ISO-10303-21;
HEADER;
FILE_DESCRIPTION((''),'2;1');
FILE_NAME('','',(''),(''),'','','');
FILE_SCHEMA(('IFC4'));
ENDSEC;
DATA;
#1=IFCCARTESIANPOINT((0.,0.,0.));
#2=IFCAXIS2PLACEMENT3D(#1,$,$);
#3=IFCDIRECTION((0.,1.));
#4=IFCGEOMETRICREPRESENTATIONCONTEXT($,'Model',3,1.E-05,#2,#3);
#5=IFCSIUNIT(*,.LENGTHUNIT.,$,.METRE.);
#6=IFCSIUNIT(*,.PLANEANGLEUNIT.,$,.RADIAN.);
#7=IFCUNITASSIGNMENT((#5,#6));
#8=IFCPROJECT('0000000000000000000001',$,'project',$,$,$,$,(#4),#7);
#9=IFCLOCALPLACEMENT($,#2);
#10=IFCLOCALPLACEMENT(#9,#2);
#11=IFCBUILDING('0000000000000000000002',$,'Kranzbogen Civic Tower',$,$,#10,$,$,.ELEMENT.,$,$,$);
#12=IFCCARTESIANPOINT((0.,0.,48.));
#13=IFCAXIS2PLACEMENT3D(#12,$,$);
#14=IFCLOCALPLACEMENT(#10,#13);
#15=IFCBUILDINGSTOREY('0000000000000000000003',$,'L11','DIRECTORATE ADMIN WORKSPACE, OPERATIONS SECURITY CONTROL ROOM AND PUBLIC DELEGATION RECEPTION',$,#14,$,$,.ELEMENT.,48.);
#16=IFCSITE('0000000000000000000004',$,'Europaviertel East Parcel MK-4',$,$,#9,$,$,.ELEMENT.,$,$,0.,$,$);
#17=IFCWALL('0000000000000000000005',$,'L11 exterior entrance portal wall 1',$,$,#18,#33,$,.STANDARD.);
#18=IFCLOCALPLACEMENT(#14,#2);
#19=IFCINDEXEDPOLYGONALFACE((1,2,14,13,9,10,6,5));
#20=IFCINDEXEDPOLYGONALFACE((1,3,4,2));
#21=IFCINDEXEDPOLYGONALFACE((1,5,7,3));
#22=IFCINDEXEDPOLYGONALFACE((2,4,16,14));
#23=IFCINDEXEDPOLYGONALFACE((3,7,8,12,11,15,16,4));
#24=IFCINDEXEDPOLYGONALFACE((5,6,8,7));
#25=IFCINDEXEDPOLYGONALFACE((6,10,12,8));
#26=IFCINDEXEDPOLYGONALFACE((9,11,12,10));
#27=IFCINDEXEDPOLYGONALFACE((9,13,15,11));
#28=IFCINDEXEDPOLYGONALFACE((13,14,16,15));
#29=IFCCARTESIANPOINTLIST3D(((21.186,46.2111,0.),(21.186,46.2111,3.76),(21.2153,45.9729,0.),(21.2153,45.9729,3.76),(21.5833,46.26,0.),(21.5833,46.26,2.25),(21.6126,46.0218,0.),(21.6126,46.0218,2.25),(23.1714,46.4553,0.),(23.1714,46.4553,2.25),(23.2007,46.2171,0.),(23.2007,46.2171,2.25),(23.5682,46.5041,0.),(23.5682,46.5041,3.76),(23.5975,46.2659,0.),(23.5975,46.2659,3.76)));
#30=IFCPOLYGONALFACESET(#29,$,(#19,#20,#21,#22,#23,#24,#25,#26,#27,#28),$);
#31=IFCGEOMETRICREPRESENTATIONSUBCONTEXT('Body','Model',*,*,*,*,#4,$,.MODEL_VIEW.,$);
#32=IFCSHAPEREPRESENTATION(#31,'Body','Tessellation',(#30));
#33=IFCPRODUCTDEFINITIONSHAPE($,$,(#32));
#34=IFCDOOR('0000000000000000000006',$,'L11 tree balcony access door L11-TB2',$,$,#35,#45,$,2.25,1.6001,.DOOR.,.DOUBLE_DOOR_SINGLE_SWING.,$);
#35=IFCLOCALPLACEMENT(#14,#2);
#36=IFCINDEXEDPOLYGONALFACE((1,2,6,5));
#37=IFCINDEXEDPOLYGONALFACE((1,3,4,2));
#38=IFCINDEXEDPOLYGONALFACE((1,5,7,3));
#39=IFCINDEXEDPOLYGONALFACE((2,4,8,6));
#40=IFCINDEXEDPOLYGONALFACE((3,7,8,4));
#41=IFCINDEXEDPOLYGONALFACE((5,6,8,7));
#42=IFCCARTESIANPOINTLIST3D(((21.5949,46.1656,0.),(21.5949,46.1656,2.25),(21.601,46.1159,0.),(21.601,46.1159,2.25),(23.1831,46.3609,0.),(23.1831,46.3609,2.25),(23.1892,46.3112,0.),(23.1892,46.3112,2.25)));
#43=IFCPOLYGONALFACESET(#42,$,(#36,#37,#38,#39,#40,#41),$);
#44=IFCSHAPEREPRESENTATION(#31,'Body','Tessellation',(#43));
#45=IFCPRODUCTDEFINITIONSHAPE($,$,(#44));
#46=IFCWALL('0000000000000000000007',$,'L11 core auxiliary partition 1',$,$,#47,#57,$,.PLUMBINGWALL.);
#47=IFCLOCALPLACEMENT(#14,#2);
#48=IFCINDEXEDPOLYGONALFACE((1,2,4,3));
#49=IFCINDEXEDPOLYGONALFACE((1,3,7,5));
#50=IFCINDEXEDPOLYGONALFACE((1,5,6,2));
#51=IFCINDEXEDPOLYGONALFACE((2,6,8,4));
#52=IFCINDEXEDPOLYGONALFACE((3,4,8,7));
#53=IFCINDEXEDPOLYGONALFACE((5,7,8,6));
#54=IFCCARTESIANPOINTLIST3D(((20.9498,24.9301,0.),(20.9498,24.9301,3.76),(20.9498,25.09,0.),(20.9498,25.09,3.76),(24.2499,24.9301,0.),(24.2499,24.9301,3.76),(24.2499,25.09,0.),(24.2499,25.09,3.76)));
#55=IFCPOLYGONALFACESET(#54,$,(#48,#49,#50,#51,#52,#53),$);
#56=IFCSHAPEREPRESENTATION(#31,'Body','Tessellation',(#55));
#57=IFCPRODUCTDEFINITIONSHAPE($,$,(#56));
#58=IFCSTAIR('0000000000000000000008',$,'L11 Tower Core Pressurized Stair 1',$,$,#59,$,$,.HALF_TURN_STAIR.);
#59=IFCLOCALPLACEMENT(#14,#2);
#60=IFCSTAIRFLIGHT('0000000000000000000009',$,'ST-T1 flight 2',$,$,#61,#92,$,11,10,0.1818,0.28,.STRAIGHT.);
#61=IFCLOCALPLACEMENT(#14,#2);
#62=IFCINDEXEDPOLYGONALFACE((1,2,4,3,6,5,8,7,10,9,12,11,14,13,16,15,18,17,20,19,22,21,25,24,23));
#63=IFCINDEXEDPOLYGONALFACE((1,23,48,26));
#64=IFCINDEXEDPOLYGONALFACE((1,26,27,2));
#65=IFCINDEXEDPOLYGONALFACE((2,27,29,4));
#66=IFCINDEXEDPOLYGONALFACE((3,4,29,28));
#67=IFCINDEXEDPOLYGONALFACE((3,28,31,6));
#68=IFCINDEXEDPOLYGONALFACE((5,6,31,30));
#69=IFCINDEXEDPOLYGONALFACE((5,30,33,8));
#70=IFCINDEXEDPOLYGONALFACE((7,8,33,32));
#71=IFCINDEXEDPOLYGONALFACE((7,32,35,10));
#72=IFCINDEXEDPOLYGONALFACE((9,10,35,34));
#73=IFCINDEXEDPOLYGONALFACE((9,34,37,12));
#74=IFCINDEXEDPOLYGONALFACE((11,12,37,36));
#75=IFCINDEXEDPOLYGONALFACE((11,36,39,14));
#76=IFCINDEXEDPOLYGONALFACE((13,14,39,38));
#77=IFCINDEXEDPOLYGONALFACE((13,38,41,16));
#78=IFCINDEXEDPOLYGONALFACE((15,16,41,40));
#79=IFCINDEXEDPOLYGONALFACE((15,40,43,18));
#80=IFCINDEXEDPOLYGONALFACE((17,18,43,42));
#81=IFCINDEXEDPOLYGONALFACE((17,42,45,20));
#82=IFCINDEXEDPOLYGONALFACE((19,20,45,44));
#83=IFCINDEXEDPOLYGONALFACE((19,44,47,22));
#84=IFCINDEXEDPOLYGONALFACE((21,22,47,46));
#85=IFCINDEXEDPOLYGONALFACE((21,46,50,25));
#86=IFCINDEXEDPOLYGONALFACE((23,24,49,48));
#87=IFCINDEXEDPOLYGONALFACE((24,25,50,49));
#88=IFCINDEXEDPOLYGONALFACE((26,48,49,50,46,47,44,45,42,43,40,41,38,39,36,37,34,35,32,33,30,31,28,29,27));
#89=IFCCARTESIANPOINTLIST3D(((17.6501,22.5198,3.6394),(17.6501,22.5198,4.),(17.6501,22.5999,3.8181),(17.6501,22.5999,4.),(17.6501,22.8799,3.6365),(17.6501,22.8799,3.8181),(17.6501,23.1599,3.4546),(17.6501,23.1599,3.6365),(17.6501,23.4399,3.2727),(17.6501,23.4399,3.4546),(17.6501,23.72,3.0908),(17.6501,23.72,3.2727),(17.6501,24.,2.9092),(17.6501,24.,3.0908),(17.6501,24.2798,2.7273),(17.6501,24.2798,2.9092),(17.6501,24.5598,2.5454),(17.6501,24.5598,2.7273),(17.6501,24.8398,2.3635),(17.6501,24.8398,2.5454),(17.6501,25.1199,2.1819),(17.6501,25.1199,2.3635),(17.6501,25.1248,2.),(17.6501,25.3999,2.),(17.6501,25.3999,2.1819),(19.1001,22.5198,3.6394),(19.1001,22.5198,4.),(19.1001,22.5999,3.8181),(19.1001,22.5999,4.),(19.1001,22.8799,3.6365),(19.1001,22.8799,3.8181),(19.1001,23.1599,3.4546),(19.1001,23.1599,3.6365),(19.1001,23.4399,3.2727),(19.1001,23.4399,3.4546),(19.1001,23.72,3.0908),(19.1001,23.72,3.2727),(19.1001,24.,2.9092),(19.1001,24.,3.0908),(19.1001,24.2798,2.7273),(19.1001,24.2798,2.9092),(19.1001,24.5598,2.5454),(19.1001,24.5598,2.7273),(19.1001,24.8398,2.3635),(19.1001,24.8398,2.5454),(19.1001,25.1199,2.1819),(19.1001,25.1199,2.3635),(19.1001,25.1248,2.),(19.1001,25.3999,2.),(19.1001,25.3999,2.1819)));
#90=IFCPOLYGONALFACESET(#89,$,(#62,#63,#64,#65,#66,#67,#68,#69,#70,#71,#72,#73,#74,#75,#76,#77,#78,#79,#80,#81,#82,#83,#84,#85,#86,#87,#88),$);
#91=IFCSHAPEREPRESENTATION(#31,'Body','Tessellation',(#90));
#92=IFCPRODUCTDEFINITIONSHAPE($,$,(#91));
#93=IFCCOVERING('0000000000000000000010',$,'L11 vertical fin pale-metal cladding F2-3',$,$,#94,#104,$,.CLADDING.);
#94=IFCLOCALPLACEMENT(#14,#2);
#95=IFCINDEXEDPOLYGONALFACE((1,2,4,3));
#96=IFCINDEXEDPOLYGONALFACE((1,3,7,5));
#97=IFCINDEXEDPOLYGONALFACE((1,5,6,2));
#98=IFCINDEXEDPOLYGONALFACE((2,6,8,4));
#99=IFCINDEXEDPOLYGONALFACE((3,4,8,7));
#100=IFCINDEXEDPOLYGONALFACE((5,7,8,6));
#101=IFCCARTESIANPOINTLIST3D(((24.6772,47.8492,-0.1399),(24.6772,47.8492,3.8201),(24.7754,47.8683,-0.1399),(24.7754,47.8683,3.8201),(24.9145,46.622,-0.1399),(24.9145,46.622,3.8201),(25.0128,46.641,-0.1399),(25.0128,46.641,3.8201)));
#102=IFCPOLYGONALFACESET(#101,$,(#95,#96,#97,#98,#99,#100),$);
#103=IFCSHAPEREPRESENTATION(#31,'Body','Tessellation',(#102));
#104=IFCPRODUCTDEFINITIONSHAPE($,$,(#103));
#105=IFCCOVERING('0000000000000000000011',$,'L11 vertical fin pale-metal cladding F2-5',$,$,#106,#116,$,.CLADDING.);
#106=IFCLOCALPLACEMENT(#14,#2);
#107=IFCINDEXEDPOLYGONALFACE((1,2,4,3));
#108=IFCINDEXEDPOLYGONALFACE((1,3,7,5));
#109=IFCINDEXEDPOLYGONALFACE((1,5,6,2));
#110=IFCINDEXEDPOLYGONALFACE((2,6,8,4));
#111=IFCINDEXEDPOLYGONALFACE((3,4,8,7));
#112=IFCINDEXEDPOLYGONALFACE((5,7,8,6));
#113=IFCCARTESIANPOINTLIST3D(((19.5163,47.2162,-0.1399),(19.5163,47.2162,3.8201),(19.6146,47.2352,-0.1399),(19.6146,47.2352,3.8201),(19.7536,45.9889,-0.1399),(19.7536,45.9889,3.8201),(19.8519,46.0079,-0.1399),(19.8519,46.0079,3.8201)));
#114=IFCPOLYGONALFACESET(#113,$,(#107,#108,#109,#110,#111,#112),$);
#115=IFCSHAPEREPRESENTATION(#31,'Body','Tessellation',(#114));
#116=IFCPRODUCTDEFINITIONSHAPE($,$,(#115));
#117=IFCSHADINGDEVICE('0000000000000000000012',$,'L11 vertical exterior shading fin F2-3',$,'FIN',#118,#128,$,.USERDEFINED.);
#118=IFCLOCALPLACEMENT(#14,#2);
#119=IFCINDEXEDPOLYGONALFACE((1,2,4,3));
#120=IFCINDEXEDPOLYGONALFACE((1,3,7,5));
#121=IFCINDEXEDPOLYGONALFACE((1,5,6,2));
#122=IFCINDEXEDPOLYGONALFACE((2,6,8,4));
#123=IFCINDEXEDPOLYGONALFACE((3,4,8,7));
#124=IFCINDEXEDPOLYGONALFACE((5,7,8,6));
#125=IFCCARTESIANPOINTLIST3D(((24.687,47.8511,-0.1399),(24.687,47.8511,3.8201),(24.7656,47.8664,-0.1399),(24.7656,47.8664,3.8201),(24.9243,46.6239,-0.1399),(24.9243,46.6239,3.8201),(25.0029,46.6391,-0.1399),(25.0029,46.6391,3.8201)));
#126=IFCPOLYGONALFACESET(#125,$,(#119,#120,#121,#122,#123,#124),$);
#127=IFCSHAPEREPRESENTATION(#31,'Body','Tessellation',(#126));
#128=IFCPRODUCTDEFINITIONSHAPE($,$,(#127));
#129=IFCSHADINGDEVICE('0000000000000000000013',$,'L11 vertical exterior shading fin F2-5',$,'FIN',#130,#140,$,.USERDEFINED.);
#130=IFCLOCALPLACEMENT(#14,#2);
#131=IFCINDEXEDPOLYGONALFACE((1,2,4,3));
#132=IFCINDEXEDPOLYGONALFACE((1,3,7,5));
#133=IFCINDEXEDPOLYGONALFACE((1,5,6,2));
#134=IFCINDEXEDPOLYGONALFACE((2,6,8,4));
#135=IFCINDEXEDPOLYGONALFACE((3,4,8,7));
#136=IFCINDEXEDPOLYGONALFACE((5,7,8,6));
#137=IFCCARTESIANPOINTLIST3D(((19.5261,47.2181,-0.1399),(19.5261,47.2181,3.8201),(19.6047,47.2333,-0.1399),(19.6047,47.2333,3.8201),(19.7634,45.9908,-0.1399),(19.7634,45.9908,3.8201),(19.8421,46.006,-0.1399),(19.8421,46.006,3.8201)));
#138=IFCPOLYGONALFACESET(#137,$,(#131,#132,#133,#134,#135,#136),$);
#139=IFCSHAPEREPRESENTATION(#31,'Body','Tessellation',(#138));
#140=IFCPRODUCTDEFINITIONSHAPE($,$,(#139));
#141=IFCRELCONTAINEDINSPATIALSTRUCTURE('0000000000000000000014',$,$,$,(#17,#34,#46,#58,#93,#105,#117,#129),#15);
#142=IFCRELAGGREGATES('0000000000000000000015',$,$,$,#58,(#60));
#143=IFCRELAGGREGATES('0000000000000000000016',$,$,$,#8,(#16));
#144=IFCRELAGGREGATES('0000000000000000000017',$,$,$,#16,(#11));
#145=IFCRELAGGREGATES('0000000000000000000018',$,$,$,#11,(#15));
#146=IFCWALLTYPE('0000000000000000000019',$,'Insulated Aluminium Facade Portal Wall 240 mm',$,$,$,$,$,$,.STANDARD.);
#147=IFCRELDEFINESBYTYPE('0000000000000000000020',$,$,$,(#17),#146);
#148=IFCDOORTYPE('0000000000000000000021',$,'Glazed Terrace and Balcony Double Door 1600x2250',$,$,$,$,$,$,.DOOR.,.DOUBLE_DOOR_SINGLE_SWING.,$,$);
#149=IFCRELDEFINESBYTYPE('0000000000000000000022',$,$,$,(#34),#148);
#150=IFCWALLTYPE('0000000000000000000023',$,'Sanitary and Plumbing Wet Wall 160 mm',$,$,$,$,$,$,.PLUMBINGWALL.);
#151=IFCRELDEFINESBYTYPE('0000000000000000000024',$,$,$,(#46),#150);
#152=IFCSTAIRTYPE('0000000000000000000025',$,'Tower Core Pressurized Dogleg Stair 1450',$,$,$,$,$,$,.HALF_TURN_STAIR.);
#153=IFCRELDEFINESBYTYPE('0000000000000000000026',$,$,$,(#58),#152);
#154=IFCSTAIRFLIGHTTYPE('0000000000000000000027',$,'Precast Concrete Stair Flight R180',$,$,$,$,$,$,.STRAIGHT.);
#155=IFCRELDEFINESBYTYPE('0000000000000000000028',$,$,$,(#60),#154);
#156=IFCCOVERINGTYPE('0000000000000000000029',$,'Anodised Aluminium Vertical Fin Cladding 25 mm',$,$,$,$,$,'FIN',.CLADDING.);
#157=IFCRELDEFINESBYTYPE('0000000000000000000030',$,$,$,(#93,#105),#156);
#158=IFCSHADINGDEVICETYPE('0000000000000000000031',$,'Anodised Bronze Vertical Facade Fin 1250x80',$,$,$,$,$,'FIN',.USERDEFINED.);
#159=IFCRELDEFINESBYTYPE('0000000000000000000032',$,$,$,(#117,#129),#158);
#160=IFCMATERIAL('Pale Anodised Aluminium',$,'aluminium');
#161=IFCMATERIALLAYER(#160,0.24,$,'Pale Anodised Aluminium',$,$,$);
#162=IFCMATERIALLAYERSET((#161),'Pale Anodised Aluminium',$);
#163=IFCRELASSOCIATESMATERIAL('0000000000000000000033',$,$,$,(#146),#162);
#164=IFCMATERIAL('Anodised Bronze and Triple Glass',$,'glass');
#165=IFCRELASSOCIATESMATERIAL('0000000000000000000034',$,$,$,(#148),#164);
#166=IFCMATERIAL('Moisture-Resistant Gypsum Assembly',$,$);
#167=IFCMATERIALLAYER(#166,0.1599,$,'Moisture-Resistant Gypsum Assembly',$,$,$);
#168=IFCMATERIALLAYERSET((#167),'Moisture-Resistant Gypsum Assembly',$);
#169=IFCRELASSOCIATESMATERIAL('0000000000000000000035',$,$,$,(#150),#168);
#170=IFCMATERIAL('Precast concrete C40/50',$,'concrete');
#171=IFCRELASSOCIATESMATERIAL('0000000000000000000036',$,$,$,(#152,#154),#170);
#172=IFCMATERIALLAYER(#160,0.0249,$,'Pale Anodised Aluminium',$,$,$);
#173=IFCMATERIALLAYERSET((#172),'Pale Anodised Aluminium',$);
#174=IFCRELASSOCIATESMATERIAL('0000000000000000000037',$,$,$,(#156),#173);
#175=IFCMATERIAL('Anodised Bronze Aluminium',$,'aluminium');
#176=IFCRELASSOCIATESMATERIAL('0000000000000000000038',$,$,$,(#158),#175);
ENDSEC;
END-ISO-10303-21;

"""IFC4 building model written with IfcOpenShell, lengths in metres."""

from ifc_helpers import new_model, si_unit, direction, frame, frame_2d, origin, origin_2d, place, context, subcontext, project, spatial, polyline, rectangle, outline, extrude, material, layer, layer_set, type_object, element, fill, aggregate, save


model = new_model("IFC4")

# Units and contexts
model_context = context("Model", 3, precision=1e-05, world=origin(), true_north=direction((0.0, 1.0)))
body_context = subcontext(model_context, "Body", "Model", "MODEL_VIEW")
ifc_project = project(units=[si_unit("LENGTHUNIT", "METRE"), si_unit("PLANEANGLEUNIT", "RADIAN")], contexts=[model_context])

# Site, building, storey
site_placement = place(None, origin())
site = spatial("IfcSite", under=ifc_project, at=site_placement, Name="Europaviertel East Parcel MK-4", CompositionType="ELEMENT", RefElevation=0.0)
building_placement = place(site_placement, origin())
building = spatial("IfcBuilding", under=site, at=building_placement, Name="Kranzbogen Civic Tower", CompositionType="ELEMENT")
storey_placement = place(building_placement, frame((0.0, 0.0, 48.0)))
storey = spatial("IfcBuildingStorey", under=building, at=storey_placement, Name="L11", Description="DIRECTORATE ADMIN WORKSPACE, OPERATIONS SECURITY CONTROL ROOM AND PUBLIC DELEGATION RECEPTION", CompositionType="ELEMENT", Elevation=48.0)

# Shared definitions
ifc_material_1 = material(Name="Pale Anodised Aluminium", Category="aluminium")

# Wall, opening, door
ifc_layer_1 = layer(ifc_material_1, 0.24, Name="Pale Anodised Aluminium")
ifc_layer_set_1 = layer_set([ifc_layer_1], Name="Pale Anodised Aluminium")
wall_type_1 = type_object("IfcWallType", Name="Insulated Aluminium Facade Portal Wall 240 mm", PredefinedType="STANDARD", material=ifc_layer_set_1)
wall_1_placement = place(storey_placement, frame((23.583, 46.385, 0.0), z_axis=(0.0, 0.0, 1.0), x_axis=(-0.992522, -0.122069, 0.0)))
wall_1 = element("IfcWall", 1, at=wall_1_placement, inside=storey, type_object=wall_type_1, Name="L11 exterior entrance portal wall 1", PredefinedType="STANDARD", context=body_context, shape_type="SweptSolid", body=[
    extrude(rectangle(XDim=2.4001, YDim=0.24, at=frame_2d((1.2002, 0.0))), origin(), (0.0, 0.0, 1.0), 3.76),
])
opening_1_placement = place(wall_1_placement, frame((0.3999, 0.0, 0.0)))
opening_1 = element("IfcOpeningElement", 2, at=opening_1_placement, cuts=wall_1, PredefinedType="OPENING", context=body_context, shape_type="SweptSolid", body=[
    extrude(rectangle(XDim=1.6001, YDim=2.25, at=frame_2d((0.8, 1.125))), frame((0.0, 0.1299, 0.0), z_axis=(0.0, -1.0, 0.0), x_axis=(1.0, 0.0, 0.0)), (0.0, 0.0, 1.0), 0.26),
])
ifc_material_2 = material(Name="Anodised Bronze and Triple Glass", Category="glass")
door_type_1 = type_object("IfcDoorType", Name="Glazed Terrace and Balcony Double Door 1600x2250", OperationType="DOUBLE_DOOR_SINGLE_SWING", PredefinedType="DOOR", material=ifc_material_2)
door_1_placement = place(opening_1_placement, frame((1.6001, 0.0, 0.0), z_axis=(0.0, 0.0, 1.0), x_axis=(-1.0, 0.0, 0.0)))
door_1 = element("IfcDoor", 3, at=door_1_placement, inside=storey, type_object=door_type_1, Name="L11 tree balcony access door L11-TB2", OperationType="DOUBLE_DOOR_SINGLE_SWING", OverallHeight=2.25, OverallWidth=1.6001, PredefinedType="DOOR", context=body_context, shape_type="SweptSolid", body=[
    extrude(rectangle(XDim=1.6001, YDim=2.25, at=frame_2d((0.8, 1.125))), frame((0.0, 0.0249, 0.0), z_axis=(0.0, -1.0, 0.0), x_axis=(1.0, 0.0, 0.0)), (0.0, 0.0, 1.0), 0.05),
])
fill(opening_1, door_1)

# Wall
ifc_material_3 = material(Name="Moisture-Resistant Gypsum Assembly")
ifc_layer_2 = layer(ifc_material_3, 0.1599, Name="Moisture-Resistant Gypsum Assembly")
ifc_layer_set_2 = layer_set([ifc_layer_2], Name="Moisture-Resistant Gypsum Assembly")
wall_type_2 = type_object("IfcWallType", Name="Sanitary and Plumbing Wet Wall 160 mm", PredefinedType="PLUMBINGWALL", material=ifc_layer_set_2)
wall_2_placement = place(storey_placement, frame((20.95, 25.01, 0.0), z_axis=(0.0, 0.0, 1.0), x_axis=(1.0, 0.0, 0.0)))
element("IfcWall", 4, at=wall_2_placement, inside=storey, type_object=wall_type_2, Name="L11 core auxiliary partition 1", PredefinedType="PLUMBINGWALL", context=body_context, shape_type="SweptSolid", body=[
    extrude(rectangle(XDim=3.3, YDim=0.1599, at=frame_2d((1.6499, 0.0))), origin(), (0.0, 0.0, 1.0), 3.76),
])

# Stair, stair flight
ifc_material_4 = material(Name="Precast concrete C40/50", Category="concrete")
stair_type = type_object("IfcStairType", Name="Tower Core Pressurized Dogleg Stair 1450", PredefinedType="HALF_TURN_STAIR", material=ifc_material_4)
stair_placement = place(storey_placement, origin())
stair = element("IfcStair", 5, at=stair_placement, inside=storey, type_object=stair_type, Name="L11 Tower Core Pressurized Stair 1", PredefinedType="HALF_TURN_STAIR")
stair_flight_type = type_object("IfcStairFlightType", Name="Precast Concrete Stair Flight R180", PredefinedType="STRAIGHT", material=ifc_material_4)
stair_flight_placement = place(storey_placement, frame((18.375, 25.3999, 2.0), z_axis=(0.0, 0.0, 1.0), x_axis=(0.0, -1.0, 0.0)))
stair_flight = element("IfcStairFlight", 6, at=stair_flight_placement, type_object=stair_flight_type, Name="ST-T1 flight 2", NumberOfRisers=11, NumberOfTreads=10, PredefinedType="STRAIGHT", RiserHeight=0.1818, TreadLength=0.28, context=body_context, shape_type="SweptSolid", body=[
    extrude(outline(polyline([(0.0, 0.0), (0.0, 0.1819), (0.28, 0.1819), (0.28, 0.3635), (0.5601, 0.3635), (0.5601, 0.5454), (0.8401, 0.5454), (0.8401, 0.7273), (1.1201, 0.7273), (1.1201, 0.9092), (1.3999, 0.9092), (1.3999, 1.0908), (1.6799, 1.0908), (1.6799, 1.2727), (1.96, 1.2727), (1.96, 1.4546), (2.24, 1.4546), (2.24, 1.6365), (2.52, 1.6365), (2.52, 1.8181), (2.8, 1.8181), (2.8, 2.0), (2.8801, 2.0), (2.8801, 1.6394), (0.2751, 0.0), (0.0, 0.0)])), frame((0.0, 0.7251, 0.0), z_axis=(0.0, -1.0, 0.0), x_axis=(1.0, 0.0, 0.0)), (0.0, 0.0, 1.0), 1.45),
])
aggregate(stair, [stair_flight])

# Coverings
ifc_layer_3 = layer(ifc_material_1, 0.0249, Name="Pale Anodised Aluminium")
ifc_layer_set_3 = layer_set([ifc_layer_3], Name="Pale Anodised Aluminium")
covering_type = type_object("IfcCoveringType", Name="Anodised Aluminium Vertical Fin Cladding 25 mm", ElementType="FIN", PredefinedType="CLADDING", material=ifc_layer_set_3)
for number, where, z_axis, x_axis, name in (
    (7, (24.845, 47.2451, -0.1399), (0.0, 0.0, 1.0), (-0.189867, 0.98181, 0.0), "L11 vertical fin pale-metal cladding F2-3"),
    (8, (19.6841, 46.6121, -0.1399), (0.0, 0.0, 1.0), (-0.189867, 0.98181, 0.0), "L11 vertical fin pale-metal cladding F2-5"),
):
    element("IfcCovering", number, at=place(storey_placement, frame(where, z_axis=z_axis, x_axis=x_axis)), inside=storey, type_object=covering_type, Name=name, PredefinedType="CLADDING", context=body_context, shape_type="SweptSolid", body=[
        extrude(rectangle(XDim=1.25, YDim=0.1001, at=origin_2d()), origin(), (0.0, 0.0, 1.0), 3.96),
    ])

# Shading devices
ifc_material_5 = material(Name="Anodised Bronze Aluminium", Category="aluminium")
shading_device_type = type_object("IfcShadingDeviceType", Name="Anodised Bronze Vertical Facade Fin 1250x80", ElementType="FIN", PredefinedType="USERDEFINED", material=ifc_material_5)
for number, where, z_axis, x_axis, name in (
    (9, (24.845, 47.2451, -0.1399), (0.0, 0.0, 1.0), (-0.189867, 0.98181, 0.0), "L11 vertical exterior shading fin F2-3"),
    (10, (19.6841, 46.6121, -0.1399), (0.0, 0.0, 1.0), (-0.189867, 0.98181, 0.0), "L11 vertical exterior shading fin F2-5"),
):
    element("IfcShadingDevice", number, at=place(storey_placement, frame(where, z_axis=z_axis, x_axis=x_axis)), inside=storey, type_object=shading_device_type, Name=name, ObjectType="FIN", PredefinedType="USERDEFINED", context=body_context, shape_type="SweptSolid", body=[
        extrude(rectangle(XDim=1.25, YDim=0.0801, at=origin_2d()), origin(), (0.0, 0.0, 1.0), 3.96),
    ])

save(model, "model.ifc")
